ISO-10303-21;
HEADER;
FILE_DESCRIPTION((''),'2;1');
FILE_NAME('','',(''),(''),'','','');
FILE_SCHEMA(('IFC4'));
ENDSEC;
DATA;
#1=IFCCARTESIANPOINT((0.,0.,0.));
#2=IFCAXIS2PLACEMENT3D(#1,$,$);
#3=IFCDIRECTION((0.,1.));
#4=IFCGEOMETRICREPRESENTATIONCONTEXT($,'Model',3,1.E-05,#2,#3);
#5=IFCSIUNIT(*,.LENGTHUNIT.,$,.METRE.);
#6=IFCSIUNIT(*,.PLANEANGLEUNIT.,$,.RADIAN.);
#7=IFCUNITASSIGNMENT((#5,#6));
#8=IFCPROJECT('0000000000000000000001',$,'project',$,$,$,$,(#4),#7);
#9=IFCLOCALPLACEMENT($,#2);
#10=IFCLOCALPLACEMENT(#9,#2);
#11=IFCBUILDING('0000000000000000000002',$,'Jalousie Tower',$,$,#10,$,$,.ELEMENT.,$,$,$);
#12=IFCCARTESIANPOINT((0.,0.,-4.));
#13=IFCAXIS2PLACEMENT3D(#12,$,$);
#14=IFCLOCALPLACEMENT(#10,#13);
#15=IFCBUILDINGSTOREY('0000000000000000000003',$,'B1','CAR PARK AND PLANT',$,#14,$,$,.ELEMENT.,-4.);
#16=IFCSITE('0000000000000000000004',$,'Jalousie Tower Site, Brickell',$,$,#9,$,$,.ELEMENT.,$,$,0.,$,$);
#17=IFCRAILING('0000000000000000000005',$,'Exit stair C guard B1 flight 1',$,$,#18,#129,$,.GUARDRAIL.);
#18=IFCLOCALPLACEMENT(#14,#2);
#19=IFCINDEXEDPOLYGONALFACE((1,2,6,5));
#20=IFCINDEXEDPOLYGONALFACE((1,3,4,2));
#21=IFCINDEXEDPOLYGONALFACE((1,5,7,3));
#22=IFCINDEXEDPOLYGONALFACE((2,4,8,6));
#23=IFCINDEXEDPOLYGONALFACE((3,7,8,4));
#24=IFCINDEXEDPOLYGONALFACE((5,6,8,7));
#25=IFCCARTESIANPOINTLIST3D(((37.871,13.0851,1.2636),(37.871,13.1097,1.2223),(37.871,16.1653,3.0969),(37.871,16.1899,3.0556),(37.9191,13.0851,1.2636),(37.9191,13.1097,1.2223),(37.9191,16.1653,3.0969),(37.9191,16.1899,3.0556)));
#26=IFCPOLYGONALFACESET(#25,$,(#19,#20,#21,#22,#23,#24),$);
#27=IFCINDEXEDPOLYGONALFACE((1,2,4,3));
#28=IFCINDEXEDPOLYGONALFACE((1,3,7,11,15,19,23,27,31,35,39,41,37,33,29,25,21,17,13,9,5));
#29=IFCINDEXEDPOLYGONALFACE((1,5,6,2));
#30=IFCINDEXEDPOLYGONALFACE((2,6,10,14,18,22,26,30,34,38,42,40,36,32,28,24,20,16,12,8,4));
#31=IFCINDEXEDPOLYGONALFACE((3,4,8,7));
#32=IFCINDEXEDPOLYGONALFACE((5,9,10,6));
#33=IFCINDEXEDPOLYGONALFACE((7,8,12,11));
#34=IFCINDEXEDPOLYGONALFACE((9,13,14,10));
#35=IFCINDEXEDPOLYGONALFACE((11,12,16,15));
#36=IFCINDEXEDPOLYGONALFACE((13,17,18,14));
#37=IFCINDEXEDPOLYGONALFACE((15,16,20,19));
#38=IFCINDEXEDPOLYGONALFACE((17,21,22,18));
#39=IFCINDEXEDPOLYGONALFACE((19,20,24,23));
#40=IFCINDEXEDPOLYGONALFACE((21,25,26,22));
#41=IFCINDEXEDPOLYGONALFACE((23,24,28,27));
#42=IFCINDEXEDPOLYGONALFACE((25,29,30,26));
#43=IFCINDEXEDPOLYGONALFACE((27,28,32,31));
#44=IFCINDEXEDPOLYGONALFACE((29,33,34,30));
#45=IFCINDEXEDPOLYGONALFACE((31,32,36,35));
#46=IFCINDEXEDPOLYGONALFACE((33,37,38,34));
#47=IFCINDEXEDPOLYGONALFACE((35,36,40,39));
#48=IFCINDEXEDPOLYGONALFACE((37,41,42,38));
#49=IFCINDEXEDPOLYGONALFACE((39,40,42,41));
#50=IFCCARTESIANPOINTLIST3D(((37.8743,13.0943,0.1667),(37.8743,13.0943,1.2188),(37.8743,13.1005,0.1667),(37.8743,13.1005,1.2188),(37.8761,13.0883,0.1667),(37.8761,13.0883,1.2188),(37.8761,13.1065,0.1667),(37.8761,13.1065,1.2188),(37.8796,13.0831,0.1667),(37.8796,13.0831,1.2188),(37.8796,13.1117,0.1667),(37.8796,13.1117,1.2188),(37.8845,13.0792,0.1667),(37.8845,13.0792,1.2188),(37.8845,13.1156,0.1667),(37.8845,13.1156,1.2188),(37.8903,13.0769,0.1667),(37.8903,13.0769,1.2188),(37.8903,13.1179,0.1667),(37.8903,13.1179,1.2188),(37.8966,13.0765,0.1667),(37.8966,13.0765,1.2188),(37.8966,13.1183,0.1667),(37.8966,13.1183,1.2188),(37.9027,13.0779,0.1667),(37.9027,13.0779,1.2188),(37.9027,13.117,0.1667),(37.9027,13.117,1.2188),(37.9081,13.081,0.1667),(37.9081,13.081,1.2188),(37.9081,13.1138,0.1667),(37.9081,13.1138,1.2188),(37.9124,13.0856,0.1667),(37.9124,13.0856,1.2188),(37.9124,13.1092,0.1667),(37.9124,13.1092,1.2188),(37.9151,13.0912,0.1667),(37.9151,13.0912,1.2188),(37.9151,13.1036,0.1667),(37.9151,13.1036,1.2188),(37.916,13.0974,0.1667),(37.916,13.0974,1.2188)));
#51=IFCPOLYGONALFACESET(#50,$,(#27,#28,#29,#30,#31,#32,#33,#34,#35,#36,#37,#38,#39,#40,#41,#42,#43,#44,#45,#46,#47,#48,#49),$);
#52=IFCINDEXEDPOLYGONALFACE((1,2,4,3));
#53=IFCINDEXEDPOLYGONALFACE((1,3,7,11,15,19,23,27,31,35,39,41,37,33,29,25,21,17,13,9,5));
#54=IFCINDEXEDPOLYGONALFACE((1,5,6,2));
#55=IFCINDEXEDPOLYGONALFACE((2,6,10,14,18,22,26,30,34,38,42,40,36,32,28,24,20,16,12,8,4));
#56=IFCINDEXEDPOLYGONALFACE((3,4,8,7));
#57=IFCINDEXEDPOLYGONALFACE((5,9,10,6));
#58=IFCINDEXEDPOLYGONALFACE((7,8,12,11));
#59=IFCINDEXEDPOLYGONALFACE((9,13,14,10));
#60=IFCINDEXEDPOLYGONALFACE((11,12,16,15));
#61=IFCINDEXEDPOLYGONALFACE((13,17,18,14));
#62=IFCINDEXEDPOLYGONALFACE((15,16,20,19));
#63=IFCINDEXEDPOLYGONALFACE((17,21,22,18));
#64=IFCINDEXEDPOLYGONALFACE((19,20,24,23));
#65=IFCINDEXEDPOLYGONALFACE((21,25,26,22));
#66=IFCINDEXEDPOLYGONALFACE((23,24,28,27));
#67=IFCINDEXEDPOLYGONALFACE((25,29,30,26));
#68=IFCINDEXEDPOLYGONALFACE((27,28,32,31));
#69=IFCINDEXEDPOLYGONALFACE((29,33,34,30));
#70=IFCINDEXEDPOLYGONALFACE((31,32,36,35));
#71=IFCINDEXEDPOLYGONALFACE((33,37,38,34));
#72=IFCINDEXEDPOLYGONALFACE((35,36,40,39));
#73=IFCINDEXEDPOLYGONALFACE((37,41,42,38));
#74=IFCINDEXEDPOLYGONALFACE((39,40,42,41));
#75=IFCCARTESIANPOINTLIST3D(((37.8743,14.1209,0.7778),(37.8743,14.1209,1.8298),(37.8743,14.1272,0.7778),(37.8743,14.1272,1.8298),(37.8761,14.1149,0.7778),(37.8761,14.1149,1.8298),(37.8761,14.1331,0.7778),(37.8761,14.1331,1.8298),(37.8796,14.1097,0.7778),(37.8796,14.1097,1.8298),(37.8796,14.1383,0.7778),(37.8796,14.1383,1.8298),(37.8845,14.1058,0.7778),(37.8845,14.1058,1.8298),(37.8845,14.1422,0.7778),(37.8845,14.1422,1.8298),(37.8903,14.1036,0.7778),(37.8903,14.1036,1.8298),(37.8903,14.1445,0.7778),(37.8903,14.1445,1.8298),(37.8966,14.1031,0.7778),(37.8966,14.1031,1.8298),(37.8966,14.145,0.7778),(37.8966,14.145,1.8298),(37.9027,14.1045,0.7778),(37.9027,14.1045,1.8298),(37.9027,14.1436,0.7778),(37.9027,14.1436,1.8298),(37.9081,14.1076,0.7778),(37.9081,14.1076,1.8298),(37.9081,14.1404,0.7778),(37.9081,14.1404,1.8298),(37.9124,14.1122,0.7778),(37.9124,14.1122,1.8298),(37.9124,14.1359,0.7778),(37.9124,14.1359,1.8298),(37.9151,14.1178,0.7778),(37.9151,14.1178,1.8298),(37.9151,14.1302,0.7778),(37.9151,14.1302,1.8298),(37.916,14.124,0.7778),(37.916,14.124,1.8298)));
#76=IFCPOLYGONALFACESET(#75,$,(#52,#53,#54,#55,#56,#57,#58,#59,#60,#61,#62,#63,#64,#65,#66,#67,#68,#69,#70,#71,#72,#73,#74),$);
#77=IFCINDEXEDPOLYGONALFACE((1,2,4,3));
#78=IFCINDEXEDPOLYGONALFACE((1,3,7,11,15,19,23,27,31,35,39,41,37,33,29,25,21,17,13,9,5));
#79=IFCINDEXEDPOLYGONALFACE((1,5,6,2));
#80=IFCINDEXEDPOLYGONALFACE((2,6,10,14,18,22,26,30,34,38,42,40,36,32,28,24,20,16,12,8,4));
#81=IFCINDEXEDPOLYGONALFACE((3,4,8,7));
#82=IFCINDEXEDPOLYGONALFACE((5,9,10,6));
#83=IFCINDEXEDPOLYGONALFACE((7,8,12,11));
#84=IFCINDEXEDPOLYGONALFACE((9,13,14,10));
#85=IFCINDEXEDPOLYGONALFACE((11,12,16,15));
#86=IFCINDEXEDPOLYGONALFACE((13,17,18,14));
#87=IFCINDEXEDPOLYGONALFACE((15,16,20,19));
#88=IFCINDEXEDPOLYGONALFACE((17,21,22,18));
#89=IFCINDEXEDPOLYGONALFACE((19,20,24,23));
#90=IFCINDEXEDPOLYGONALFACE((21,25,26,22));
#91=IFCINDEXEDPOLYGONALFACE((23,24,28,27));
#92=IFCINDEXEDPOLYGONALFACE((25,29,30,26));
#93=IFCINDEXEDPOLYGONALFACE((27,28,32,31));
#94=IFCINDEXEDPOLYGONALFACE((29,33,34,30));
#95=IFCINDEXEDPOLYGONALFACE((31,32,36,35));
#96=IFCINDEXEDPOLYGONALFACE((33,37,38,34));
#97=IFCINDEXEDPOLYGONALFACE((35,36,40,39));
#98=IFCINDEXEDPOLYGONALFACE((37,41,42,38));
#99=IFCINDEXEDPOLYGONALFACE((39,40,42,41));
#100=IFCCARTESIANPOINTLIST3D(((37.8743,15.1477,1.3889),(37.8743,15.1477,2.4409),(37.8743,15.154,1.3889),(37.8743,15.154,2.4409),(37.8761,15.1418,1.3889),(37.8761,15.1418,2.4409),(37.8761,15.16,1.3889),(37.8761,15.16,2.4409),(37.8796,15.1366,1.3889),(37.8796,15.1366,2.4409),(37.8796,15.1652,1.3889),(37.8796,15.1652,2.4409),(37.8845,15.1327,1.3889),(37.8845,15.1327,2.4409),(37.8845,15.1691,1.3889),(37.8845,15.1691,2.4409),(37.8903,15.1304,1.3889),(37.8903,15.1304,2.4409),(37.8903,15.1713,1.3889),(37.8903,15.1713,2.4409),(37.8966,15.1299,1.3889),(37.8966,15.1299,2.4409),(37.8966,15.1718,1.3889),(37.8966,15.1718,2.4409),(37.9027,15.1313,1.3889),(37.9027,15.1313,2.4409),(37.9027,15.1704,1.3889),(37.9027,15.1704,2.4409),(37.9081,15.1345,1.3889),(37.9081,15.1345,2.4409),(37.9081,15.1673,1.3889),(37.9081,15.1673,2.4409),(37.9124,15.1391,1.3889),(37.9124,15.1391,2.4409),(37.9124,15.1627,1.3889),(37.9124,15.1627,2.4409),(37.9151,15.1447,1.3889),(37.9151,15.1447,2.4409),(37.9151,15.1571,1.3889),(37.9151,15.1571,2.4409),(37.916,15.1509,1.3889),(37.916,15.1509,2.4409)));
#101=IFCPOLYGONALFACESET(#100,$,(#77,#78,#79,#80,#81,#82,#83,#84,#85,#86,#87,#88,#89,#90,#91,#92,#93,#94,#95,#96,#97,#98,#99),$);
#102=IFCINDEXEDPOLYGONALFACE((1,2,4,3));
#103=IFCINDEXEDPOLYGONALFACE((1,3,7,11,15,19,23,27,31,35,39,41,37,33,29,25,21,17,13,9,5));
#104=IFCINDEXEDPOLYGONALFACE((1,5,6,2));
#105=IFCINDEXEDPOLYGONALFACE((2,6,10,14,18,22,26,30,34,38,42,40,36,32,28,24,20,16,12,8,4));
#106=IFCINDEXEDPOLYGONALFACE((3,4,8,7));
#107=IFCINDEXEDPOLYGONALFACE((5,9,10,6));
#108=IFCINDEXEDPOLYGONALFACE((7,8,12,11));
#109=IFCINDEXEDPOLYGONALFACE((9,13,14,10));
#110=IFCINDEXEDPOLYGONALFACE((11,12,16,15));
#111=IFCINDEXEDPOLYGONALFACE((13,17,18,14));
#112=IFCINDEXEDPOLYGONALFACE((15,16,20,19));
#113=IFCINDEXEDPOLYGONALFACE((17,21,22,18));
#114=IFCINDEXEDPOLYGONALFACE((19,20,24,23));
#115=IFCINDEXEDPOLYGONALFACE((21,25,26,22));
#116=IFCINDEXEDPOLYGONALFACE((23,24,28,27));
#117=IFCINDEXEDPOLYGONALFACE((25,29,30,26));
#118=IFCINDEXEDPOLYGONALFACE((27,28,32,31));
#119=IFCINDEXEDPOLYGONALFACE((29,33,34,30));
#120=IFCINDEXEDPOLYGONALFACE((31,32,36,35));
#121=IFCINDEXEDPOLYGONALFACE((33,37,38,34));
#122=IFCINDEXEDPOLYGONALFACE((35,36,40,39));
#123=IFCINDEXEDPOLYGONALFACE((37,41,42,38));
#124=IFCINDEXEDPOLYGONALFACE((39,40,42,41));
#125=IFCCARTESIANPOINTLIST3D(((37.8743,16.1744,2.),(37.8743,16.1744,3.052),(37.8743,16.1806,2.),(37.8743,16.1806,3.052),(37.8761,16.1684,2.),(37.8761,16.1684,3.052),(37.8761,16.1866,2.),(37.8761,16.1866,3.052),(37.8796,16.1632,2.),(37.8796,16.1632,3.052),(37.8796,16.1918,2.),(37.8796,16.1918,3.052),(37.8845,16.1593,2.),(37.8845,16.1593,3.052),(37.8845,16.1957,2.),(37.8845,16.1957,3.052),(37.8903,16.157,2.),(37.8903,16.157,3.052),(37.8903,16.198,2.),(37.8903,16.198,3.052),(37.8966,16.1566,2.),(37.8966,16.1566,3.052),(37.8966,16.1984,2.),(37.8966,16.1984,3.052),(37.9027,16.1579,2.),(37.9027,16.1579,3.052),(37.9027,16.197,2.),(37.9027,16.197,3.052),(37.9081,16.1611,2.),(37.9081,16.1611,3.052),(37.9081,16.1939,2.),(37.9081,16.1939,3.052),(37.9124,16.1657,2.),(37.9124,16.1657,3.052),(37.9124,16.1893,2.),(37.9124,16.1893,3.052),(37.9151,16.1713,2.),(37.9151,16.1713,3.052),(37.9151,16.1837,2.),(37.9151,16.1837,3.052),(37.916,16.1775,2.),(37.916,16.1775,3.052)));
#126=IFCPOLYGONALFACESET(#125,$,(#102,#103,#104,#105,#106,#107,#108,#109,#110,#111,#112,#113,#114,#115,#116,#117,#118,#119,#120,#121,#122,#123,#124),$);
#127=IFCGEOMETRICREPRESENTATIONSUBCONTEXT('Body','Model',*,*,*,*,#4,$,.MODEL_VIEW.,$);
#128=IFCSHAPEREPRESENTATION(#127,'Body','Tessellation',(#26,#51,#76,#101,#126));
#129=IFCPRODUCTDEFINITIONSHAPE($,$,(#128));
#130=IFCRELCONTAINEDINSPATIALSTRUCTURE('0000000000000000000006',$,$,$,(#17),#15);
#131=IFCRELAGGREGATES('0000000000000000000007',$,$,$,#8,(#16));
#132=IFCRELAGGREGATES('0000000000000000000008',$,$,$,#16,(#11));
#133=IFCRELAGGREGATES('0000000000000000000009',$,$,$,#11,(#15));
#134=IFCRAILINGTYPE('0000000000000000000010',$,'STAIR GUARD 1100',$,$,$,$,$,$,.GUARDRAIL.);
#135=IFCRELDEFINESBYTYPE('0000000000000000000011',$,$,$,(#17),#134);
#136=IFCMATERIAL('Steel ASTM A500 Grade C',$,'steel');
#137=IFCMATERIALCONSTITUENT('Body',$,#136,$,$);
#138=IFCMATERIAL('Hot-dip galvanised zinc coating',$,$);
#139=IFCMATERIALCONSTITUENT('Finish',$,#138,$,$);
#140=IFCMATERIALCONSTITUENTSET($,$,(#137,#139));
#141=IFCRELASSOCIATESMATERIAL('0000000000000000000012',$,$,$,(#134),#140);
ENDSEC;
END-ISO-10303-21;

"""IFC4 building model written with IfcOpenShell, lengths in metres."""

from ifc_helpers import new_model, si_unit, direction, frame, origin, origin_2d, place, context, subcontext, project, spatial, rectangle, circle, extrude, material, constituent, constituent_set, type_object, element, save


model = new_model("IFC4")

# Units and contexts
model_context = context("Model", 3, precision=1e-05, world=origin(), true_north=direction((0.0, 1.0)))
body_context = subcontext(model_context, "Body", "Model", "MODEL_VIEW")
ifc_project = project(units=[si_unit("LENGTHUNIT", "METRE"), si_unit("PLANEANGLEUNIT", "RADIAN")], contexts=[model_context])

# Site, building, storey
site_placement = place(None, origin())
site = spatial("IfcSite", under=ifc_project, at=site_placement, Name="Jalousie Tower Site, Brickell", CompositionType="ELEMENT", RefElevation=0.0)
building_placement = place(site_placement, origin())
building = spatial("IfcBuilding", under=site, at=building_placement, Name="Jalousie Tower", CompositionType="ELEMENT")
storey_placement = place(building_placement, frame((0.0, 0.0, -4.0)))
storey = spatial("IfcBuildingStorey", under=building, at=storey_placement, Name="B1", Description="CAR PARK AND PLANT", CompositionType="ELEMENT", Elevation=-4.0)

# Railing
ifc_material_1 = material(Name="Steel ASTM A500 Grade C", Category="steel")
ifc_constituent_1 = constituent(ifc_material_1, Name="Body")
ifc_material_2 = material(Name="Hot-dip galvanised zinc coating")
ifc_constituent_2 = constituent(ifc_material_2, Name="Finish")
ifc_constituent_set_1 = constituent_set(constituents=[ifc_constituent_1, ifc_constituent_2])
railing_type_1 = type_object("IfcRailingType", Name="STAIR GUARD 1100", PredefinedType="GUARDRAIL", material=ifc_constituent_set_1)
railing_1_placement = place(storey_placement, frame((37.895, 13.0974, 0.1667)))
element("IfcRailing", 1, at=railing_1_placement, inside=storey, type_object=railing_type_1, Name="Exit stair C guard B1 flight 1", PredefinedType="GUARDRAIL", context=body_context, shape_type="SweptSolid", body=[
    extrude(rectangle(XDim=0.0481, YDim=0.0481, at=origin_2d()), frame((0.0, 0.0, 1.0762), z_axis=(0.0, 0.859309, 0.511458), x_axis=(-1.0, 0.0, 0.0)), (0.0, 0.0, 1.0), 3.5845),
    extrude(circle(Radius=0.021, at=origin_2d()), origin(), (0.0, 0.0, 1.0), 1.052),
    extrude(circle(Radius=0.021, at=origin_2d()), frame((0.0, 1.0266, 0.6111)), (0.0, 0.0, 1.0), 1.052),
    extrude(circle(Radius=0.021, at=origin_2d()), frame((0.0, 2.0535, 1.2222)), (0.0, 0.0, 1.0), 1.052),
    extrude(circle(Radius=0.021, at=origin_2d()), frame((0.0, 3.0801, 1.8333)), (0.0, 0.0, 1.0), 1.052),
])

save(model, "model.ifc")
